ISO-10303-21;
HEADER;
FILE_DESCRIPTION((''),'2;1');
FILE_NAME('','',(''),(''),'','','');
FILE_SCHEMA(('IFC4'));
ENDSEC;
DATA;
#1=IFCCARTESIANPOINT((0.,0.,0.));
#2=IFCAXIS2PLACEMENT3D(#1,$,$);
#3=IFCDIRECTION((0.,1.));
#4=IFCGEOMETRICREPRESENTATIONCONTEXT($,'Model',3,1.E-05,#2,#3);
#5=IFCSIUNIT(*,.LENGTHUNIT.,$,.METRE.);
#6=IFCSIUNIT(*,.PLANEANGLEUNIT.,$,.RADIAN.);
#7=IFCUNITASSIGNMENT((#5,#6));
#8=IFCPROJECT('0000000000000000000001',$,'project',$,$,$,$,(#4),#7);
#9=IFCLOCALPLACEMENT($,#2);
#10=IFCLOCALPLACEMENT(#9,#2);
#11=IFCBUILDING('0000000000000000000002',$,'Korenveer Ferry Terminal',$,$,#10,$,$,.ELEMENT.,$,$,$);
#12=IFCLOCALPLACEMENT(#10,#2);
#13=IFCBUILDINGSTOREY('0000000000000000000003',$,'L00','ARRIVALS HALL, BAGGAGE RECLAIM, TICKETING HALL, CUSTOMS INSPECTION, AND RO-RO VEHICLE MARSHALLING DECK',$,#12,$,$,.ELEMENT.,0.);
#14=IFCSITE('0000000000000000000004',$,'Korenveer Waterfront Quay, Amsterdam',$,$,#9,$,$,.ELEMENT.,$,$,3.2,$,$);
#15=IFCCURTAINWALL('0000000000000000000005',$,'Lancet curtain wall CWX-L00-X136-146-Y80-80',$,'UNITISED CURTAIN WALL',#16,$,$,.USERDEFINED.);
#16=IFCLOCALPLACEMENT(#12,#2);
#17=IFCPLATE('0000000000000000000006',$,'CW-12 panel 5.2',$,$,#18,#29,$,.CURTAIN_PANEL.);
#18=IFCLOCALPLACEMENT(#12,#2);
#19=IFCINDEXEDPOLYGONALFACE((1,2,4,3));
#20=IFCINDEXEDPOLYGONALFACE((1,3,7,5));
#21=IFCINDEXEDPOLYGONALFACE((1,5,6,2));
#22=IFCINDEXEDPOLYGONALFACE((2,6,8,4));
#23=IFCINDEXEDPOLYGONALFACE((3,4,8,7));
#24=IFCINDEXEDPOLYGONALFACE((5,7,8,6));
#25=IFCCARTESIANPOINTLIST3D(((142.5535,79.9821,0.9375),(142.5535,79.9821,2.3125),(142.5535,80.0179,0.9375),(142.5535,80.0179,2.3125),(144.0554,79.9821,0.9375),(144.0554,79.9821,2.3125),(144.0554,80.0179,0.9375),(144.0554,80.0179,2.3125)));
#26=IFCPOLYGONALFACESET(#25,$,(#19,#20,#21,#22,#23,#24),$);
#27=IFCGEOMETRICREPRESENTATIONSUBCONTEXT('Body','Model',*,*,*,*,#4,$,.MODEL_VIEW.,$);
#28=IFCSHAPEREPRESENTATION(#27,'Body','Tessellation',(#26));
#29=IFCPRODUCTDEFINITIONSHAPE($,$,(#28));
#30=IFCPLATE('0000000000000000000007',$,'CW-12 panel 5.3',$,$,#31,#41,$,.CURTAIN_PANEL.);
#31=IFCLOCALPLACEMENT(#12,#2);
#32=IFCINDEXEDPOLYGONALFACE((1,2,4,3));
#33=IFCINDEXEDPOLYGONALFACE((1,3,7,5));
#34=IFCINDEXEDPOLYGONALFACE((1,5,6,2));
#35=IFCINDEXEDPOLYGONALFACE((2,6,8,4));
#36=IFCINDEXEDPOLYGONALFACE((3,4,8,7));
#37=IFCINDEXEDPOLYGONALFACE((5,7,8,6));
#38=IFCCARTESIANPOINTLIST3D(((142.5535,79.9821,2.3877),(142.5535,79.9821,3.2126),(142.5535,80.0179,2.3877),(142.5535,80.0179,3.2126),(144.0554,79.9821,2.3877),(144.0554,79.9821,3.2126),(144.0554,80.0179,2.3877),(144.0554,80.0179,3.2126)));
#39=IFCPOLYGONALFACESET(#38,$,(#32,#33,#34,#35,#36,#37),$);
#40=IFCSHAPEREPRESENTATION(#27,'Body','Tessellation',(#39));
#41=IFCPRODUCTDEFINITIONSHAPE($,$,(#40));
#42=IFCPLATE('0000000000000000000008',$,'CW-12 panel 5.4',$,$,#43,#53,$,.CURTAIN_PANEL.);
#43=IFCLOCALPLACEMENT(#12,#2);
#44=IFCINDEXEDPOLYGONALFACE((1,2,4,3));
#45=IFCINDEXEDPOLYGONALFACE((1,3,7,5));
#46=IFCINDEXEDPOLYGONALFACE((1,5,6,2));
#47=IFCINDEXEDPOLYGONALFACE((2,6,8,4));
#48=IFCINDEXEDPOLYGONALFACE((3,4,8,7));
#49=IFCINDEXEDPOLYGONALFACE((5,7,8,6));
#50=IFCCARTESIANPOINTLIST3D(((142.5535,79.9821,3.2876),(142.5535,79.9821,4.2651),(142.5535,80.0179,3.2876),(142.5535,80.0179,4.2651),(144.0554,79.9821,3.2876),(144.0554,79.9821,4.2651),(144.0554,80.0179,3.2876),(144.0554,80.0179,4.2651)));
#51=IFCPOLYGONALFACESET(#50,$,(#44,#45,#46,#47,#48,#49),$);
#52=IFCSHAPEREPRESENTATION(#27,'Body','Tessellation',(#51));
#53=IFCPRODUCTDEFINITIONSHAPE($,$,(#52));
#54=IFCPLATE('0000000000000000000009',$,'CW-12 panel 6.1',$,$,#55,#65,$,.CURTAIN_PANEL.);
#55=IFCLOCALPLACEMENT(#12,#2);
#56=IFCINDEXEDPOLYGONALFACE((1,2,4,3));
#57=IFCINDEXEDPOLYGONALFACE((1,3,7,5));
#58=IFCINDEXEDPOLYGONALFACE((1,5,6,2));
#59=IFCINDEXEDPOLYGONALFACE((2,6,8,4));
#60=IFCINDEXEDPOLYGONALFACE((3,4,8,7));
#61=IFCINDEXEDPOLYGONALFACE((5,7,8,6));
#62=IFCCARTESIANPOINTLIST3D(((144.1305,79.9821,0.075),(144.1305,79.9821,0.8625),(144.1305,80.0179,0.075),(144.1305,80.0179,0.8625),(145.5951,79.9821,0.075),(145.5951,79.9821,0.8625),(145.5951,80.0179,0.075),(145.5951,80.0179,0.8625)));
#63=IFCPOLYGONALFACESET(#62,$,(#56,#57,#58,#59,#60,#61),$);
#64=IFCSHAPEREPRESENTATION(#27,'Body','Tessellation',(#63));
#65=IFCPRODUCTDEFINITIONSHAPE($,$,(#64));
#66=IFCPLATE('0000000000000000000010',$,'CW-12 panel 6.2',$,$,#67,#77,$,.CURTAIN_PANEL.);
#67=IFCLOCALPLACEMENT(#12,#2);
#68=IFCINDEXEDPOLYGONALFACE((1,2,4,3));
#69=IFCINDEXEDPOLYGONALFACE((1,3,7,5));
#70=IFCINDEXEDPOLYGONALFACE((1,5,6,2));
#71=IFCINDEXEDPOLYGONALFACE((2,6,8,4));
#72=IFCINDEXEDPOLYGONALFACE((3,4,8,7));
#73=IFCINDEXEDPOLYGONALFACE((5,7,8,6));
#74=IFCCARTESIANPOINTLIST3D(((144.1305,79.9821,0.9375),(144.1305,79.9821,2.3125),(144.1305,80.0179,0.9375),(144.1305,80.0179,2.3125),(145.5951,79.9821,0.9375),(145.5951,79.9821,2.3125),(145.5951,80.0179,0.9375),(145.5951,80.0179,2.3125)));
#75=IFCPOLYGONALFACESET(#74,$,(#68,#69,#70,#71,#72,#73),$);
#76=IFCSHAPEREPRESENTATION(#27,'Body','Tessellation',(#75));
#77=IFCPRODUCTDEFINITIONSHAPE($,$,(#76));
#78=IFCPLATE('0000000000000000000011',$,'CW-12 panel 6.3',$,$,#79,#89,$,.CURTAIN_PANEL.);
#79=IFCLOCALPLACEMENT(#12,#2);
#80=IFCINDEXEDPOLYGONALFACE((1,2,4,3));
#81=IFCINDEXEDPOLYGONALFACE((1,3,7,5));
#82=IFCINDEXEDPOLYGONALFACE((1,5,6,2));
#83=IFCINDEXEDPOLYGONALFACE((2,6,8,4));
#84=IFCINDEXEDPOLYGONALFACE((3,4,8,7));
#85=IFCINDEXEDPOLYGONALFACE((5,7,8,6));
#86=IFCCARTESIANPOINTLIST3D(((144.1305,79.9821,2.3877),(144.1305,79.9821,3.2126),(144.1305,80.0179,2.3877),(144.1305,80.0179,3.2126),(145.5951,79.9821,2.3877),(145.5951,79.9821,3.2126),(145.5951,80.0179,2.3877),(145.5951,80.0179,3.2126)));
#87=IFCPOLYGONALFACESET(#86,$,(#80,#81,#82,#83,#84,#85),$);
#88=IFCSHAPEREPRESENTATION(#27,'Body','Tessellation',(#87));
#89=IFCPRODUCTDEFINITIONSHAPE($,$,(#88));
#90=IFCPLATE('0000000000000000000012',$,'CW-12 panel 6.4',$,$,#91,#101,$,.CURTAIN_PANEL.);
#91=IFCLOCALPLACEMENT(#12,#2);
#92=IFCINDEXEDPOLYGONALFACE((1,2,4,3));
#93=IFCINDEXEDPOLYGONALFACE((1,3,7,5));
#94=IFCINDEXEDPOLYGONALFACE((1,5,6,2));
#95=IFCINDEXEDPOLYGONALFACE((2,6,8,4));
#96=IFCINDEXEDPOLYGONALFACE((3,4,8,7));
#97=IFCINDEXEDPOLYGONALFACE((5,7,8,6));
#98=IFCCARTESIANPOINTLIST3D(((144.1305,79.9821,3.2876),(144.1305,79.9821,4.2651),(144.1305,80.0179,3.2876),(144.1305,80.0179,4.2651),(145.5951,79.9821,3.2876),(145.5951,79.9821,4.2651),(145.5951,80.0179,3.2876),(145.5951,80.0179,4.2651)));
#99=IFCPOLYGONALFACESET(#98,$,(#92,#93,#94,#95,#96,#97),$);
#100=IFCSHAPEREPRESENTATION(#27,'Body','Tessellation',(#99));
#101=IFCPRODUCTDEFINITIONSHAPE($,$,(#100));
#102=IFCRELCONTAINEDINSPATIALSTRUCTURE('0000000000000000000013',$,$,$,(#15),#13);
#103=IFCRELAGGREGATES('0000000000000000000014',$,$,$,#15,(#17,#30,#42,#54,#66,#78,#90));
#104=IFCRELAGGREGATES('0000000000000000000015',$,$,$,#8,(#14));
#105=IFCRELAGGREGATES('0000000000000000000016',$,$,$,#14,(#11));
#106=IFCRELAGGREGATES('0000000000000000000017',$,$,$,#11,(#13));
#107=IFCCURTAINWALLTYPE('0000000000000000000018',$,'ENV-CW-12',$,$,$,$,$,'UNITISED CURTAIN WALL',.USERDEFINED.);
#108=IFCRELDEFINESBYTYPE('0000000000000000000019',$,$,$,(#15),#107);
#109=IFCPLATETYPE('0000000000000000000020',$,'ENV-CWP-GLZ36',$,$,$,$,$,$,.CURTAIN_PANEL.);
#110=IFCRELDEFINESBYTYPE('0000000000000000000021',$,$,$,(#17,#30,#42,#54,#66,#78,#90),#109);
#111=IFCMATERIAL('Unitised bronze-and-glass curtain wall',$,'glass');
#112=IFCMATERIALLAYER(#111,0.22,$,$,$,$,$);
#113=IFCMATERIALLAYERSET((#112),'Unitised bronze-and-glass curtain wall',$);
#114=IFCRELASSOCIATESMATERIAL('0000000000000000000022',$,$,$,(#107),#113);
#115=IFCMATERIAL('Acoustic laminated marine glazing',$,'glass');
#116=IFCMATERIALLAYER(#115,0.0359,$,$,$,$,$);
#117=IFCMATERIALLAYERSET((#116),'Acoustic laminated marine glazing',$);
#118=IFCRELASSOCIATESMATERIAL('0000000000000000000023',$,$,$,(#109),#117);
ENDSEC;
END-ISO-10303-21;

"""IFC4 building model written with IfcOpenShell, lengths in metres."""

from ifc_helpers import new_model, si_unit, direction, frame, origin, origin_2d, place, context, subcontext, project, spatial, rectangle, extrude, material, layer, layer_set, type_object, element, aggregate, save


model = new_model("IFC4")

# Units and contexts
model_context = context("Model", 3, precision=1e-05, world=origin(), true_north=direction((0.0, 1.0)))
body_context = subcontext(model_context, "Body", "Model", "MODEL_VIEW")
ifc_project = project(units=[si_unit("LENGTHUNIT", "METRE"), si_unit("PLANEANGLEUNIT", "RADIAN")], contexts=[model_context])

# Site, building, storey
site_placement = place(None, origin())
site = spatial("IfcSite", under=ifc_project, at=site_placement, Name="Korenveer Waterfront Quay, Amsterdam", CompositionType="ELEMENT", RefElevation=3.2)
building_placement = place(site_placement, origin())
building = spatial("IfcBuilding", under=site, at=building_placement, Name="Korenveer Ferry Terminal", CompositionType="ELEMENT")
storey_placement = place(building_placement, origin())
storey = spatial("IfcBuildingStorey", under=building, at=storey_placement, Name="L00", Description="ARRIVALS HALL, BAGGAGE RECLAIM, TICKETING HALL, CUSTOMS INSPECTION, AND RO-RO VEHICLE MARSHALLING DECK", CompositionType="ELEMENT", Elevation=0.0)

# Curtain wall, plates
ifc_material_1 = material(Name="Unitised bronze-and-glass curtain wall", Category="glass")
ifc_layer_1 = layer(ifc_material_1, 0.22)
ifc_layer_set_1 = layer_set([ifc_layer_1], Name="Unitised bronze-and-glass curtain wall")
curtain_wall_type = type_object("IfcCurtainWallType", Name="ENV-CW-12", ElementType="UNITISED CURTAIN WALL", PredefinedType="USERDEFINED", material=ifc_layer_set_1)
curtain_wall_placement = place(storey_placement, frame((136.2078, 80.0, 0.0)))
curtain_wall = element("IfcCurtainWall", 1, at=curtain_wall_placement, inside=storey, type_object=curtain_wall_type, Name="Lancet curtain wall CWX-L00-X136-146-Y80-80", ObjectType="UNITISED CURTAIN WALL", PredefinedType="USERDEFINED")
ifc_material_2 = material(Name="Acoustic laminated marine glazing", Category="glass")
ifc_layer_2 = layer(ifc_material_2, 0.0359)
ifc_layer_set_2 = layer_set([ifc_layer_2], Name="Acoustic laminated marine glazing")
plate_type = type_object("IfcPlateType", Name="ENV-CWP-GLZ36", PredefinedType="CURTAIN_PANEL", material=ifc_layer_set_2)
plate_1_placement = place(storey_placement, frame((143.3044, 80.0, 0.9375), z_axis=(0.0, 0.0, 1.0), x_axis=(1.0, 0.0, 0.0)))
plate_1 = element("IfcPlate", 2, at=plate_1_placement, type_object=plate_type, Name="CW-12 panel 5.2", PredefinedType="CURTAIN_PANEL", context=body_context, shape_type="SweptSolid", body=[
    extrude(rectangle(XDim=1.502, YDim=0.0359, at=origin_2d()), origin(), (0.0, 0.0, 1.0), 1.375),
])
plate_2_placement = place(storey_placement, frame((143.3044, 80.0, 2.3877), z_axis=(0.0, 0.0, 1.0), x_axis=(1.0, 0.0, 0.0)))
plate_2 = element("IfcPlate", 3, at=plate_2_placement, type_object=plate_type, Name="CW-12 panel 5.3", PredefinedType="CURTAIN_PANEL", context=body_context, shape_type="SweptSolid", body=[
    extrude(rectangle(XDim=1.502, YDim=0.0359, at=origin_2d()), origin(), (0.0, 0.0, 1.0), 0.825),
])
plate_3_placement = place(storey_placement, frame((143.3044, 80.0, 3.2876), z_axis=(0.0, 0.0, 1.0), x_axis=(1.0, 0.0, 0.0)))
plate_3 = element("IfcPlate", 4, at=plate_3_placement, type_object=plate_type, Name="CW-12 panel 5.4", PredefinedType="CURTAIN_PANEL", context=body_context, shape_type="SweptSolid", body=[
    extrude(rectangle(XDim=1.502, YDim=0.0359, at=origin_2d()), origin(), (0.0, 0.0, 1.0), 0.9775),
])
plate_4_placement = place(storey_placement, frame((144.8628, 80.0, 0.075), z_axis=(0.0, 0.0, 1.0), x_axis=(1.0, 0.0, 0.0)))
plate_4 = element("IfcPlate", 5, at=plate_4_placement, type_object=plate_type, Name="CW-12 panel 6.1", PredefinedType="CURTAIN_PANEL", context=body_context, shape_type="SweptSolid", body=[
    extrude(rectangle(XDim=1.4646, YDim=0.0359, at=origin_2d()), origin(), (0.0, 0.0, 1.0), 0.7876),
])
plate_5_placement = place(storey_placement, frame((144.8628, 80.0, 0.9375), z_axis=(0.0, 0.0, 1.0), x_axis=(1.0, 0.0, 0.0)))
plate_5 = element("IfcPlate", 6, at=plate_5_placement, type_object=plate_type, Name="CW-12 panel 6.2", PredefinedType="CURTAIN_PANEL", context=body_context, shape_type="SweptSolid", body=[
    extrude(rectangle(XDim=1.4646, YDim=0.0359, at=origin_2d()), origin(), (0.0, 0.0, 1.0), 1.375),
])
plate_6_placement = place(storey_placement, frame((144.8628, 80.0, 2.3877), z_axis=(0.0, 0.0, 1.0), x_axis=(1.0, 0.0, 0.0)))
plate_6 = element("IfcPlate", 7, at=plate_6_placement, type_object=plate_type, Name="CW-12 panel 6.3", PredefinedType="CURTAIN_PANEL", context=body_context, shape_type="SweptSolid", body=[
    extrude(rectangle(XDim=1.4646, YDim=0.0359, at=origin_2d()), origin(), (0.0, 0.0, 1.0), 0.825),
])
plate_7_placement = place(storey_placement, frame((144.8628, 80.0, 3.2876), z_axis=(0.0, 0.0, 1.0), x_axis=(1.0, 0.0, 0.0)))
plate_7 = element("IfcPlate", 8, at=plate_7_placement, type_object=plate_type, Name="CW-12 panel 6.4", PredefinedType="CURTAIN_PANEL", context=body_context, shape_type="SweptSolid", body=[
    extrude(rectangle(XDim=1.4646, YDim=0.0359, at=origin_2d()), origin(), (0.0, 0.0, 1.0), 0.9775),
])
aggregate(curtain_wall, [plate_1, plate_2, plate_3, plate_4, plate_5, plate_6, plate_7])

save(model, "model.ifc")
